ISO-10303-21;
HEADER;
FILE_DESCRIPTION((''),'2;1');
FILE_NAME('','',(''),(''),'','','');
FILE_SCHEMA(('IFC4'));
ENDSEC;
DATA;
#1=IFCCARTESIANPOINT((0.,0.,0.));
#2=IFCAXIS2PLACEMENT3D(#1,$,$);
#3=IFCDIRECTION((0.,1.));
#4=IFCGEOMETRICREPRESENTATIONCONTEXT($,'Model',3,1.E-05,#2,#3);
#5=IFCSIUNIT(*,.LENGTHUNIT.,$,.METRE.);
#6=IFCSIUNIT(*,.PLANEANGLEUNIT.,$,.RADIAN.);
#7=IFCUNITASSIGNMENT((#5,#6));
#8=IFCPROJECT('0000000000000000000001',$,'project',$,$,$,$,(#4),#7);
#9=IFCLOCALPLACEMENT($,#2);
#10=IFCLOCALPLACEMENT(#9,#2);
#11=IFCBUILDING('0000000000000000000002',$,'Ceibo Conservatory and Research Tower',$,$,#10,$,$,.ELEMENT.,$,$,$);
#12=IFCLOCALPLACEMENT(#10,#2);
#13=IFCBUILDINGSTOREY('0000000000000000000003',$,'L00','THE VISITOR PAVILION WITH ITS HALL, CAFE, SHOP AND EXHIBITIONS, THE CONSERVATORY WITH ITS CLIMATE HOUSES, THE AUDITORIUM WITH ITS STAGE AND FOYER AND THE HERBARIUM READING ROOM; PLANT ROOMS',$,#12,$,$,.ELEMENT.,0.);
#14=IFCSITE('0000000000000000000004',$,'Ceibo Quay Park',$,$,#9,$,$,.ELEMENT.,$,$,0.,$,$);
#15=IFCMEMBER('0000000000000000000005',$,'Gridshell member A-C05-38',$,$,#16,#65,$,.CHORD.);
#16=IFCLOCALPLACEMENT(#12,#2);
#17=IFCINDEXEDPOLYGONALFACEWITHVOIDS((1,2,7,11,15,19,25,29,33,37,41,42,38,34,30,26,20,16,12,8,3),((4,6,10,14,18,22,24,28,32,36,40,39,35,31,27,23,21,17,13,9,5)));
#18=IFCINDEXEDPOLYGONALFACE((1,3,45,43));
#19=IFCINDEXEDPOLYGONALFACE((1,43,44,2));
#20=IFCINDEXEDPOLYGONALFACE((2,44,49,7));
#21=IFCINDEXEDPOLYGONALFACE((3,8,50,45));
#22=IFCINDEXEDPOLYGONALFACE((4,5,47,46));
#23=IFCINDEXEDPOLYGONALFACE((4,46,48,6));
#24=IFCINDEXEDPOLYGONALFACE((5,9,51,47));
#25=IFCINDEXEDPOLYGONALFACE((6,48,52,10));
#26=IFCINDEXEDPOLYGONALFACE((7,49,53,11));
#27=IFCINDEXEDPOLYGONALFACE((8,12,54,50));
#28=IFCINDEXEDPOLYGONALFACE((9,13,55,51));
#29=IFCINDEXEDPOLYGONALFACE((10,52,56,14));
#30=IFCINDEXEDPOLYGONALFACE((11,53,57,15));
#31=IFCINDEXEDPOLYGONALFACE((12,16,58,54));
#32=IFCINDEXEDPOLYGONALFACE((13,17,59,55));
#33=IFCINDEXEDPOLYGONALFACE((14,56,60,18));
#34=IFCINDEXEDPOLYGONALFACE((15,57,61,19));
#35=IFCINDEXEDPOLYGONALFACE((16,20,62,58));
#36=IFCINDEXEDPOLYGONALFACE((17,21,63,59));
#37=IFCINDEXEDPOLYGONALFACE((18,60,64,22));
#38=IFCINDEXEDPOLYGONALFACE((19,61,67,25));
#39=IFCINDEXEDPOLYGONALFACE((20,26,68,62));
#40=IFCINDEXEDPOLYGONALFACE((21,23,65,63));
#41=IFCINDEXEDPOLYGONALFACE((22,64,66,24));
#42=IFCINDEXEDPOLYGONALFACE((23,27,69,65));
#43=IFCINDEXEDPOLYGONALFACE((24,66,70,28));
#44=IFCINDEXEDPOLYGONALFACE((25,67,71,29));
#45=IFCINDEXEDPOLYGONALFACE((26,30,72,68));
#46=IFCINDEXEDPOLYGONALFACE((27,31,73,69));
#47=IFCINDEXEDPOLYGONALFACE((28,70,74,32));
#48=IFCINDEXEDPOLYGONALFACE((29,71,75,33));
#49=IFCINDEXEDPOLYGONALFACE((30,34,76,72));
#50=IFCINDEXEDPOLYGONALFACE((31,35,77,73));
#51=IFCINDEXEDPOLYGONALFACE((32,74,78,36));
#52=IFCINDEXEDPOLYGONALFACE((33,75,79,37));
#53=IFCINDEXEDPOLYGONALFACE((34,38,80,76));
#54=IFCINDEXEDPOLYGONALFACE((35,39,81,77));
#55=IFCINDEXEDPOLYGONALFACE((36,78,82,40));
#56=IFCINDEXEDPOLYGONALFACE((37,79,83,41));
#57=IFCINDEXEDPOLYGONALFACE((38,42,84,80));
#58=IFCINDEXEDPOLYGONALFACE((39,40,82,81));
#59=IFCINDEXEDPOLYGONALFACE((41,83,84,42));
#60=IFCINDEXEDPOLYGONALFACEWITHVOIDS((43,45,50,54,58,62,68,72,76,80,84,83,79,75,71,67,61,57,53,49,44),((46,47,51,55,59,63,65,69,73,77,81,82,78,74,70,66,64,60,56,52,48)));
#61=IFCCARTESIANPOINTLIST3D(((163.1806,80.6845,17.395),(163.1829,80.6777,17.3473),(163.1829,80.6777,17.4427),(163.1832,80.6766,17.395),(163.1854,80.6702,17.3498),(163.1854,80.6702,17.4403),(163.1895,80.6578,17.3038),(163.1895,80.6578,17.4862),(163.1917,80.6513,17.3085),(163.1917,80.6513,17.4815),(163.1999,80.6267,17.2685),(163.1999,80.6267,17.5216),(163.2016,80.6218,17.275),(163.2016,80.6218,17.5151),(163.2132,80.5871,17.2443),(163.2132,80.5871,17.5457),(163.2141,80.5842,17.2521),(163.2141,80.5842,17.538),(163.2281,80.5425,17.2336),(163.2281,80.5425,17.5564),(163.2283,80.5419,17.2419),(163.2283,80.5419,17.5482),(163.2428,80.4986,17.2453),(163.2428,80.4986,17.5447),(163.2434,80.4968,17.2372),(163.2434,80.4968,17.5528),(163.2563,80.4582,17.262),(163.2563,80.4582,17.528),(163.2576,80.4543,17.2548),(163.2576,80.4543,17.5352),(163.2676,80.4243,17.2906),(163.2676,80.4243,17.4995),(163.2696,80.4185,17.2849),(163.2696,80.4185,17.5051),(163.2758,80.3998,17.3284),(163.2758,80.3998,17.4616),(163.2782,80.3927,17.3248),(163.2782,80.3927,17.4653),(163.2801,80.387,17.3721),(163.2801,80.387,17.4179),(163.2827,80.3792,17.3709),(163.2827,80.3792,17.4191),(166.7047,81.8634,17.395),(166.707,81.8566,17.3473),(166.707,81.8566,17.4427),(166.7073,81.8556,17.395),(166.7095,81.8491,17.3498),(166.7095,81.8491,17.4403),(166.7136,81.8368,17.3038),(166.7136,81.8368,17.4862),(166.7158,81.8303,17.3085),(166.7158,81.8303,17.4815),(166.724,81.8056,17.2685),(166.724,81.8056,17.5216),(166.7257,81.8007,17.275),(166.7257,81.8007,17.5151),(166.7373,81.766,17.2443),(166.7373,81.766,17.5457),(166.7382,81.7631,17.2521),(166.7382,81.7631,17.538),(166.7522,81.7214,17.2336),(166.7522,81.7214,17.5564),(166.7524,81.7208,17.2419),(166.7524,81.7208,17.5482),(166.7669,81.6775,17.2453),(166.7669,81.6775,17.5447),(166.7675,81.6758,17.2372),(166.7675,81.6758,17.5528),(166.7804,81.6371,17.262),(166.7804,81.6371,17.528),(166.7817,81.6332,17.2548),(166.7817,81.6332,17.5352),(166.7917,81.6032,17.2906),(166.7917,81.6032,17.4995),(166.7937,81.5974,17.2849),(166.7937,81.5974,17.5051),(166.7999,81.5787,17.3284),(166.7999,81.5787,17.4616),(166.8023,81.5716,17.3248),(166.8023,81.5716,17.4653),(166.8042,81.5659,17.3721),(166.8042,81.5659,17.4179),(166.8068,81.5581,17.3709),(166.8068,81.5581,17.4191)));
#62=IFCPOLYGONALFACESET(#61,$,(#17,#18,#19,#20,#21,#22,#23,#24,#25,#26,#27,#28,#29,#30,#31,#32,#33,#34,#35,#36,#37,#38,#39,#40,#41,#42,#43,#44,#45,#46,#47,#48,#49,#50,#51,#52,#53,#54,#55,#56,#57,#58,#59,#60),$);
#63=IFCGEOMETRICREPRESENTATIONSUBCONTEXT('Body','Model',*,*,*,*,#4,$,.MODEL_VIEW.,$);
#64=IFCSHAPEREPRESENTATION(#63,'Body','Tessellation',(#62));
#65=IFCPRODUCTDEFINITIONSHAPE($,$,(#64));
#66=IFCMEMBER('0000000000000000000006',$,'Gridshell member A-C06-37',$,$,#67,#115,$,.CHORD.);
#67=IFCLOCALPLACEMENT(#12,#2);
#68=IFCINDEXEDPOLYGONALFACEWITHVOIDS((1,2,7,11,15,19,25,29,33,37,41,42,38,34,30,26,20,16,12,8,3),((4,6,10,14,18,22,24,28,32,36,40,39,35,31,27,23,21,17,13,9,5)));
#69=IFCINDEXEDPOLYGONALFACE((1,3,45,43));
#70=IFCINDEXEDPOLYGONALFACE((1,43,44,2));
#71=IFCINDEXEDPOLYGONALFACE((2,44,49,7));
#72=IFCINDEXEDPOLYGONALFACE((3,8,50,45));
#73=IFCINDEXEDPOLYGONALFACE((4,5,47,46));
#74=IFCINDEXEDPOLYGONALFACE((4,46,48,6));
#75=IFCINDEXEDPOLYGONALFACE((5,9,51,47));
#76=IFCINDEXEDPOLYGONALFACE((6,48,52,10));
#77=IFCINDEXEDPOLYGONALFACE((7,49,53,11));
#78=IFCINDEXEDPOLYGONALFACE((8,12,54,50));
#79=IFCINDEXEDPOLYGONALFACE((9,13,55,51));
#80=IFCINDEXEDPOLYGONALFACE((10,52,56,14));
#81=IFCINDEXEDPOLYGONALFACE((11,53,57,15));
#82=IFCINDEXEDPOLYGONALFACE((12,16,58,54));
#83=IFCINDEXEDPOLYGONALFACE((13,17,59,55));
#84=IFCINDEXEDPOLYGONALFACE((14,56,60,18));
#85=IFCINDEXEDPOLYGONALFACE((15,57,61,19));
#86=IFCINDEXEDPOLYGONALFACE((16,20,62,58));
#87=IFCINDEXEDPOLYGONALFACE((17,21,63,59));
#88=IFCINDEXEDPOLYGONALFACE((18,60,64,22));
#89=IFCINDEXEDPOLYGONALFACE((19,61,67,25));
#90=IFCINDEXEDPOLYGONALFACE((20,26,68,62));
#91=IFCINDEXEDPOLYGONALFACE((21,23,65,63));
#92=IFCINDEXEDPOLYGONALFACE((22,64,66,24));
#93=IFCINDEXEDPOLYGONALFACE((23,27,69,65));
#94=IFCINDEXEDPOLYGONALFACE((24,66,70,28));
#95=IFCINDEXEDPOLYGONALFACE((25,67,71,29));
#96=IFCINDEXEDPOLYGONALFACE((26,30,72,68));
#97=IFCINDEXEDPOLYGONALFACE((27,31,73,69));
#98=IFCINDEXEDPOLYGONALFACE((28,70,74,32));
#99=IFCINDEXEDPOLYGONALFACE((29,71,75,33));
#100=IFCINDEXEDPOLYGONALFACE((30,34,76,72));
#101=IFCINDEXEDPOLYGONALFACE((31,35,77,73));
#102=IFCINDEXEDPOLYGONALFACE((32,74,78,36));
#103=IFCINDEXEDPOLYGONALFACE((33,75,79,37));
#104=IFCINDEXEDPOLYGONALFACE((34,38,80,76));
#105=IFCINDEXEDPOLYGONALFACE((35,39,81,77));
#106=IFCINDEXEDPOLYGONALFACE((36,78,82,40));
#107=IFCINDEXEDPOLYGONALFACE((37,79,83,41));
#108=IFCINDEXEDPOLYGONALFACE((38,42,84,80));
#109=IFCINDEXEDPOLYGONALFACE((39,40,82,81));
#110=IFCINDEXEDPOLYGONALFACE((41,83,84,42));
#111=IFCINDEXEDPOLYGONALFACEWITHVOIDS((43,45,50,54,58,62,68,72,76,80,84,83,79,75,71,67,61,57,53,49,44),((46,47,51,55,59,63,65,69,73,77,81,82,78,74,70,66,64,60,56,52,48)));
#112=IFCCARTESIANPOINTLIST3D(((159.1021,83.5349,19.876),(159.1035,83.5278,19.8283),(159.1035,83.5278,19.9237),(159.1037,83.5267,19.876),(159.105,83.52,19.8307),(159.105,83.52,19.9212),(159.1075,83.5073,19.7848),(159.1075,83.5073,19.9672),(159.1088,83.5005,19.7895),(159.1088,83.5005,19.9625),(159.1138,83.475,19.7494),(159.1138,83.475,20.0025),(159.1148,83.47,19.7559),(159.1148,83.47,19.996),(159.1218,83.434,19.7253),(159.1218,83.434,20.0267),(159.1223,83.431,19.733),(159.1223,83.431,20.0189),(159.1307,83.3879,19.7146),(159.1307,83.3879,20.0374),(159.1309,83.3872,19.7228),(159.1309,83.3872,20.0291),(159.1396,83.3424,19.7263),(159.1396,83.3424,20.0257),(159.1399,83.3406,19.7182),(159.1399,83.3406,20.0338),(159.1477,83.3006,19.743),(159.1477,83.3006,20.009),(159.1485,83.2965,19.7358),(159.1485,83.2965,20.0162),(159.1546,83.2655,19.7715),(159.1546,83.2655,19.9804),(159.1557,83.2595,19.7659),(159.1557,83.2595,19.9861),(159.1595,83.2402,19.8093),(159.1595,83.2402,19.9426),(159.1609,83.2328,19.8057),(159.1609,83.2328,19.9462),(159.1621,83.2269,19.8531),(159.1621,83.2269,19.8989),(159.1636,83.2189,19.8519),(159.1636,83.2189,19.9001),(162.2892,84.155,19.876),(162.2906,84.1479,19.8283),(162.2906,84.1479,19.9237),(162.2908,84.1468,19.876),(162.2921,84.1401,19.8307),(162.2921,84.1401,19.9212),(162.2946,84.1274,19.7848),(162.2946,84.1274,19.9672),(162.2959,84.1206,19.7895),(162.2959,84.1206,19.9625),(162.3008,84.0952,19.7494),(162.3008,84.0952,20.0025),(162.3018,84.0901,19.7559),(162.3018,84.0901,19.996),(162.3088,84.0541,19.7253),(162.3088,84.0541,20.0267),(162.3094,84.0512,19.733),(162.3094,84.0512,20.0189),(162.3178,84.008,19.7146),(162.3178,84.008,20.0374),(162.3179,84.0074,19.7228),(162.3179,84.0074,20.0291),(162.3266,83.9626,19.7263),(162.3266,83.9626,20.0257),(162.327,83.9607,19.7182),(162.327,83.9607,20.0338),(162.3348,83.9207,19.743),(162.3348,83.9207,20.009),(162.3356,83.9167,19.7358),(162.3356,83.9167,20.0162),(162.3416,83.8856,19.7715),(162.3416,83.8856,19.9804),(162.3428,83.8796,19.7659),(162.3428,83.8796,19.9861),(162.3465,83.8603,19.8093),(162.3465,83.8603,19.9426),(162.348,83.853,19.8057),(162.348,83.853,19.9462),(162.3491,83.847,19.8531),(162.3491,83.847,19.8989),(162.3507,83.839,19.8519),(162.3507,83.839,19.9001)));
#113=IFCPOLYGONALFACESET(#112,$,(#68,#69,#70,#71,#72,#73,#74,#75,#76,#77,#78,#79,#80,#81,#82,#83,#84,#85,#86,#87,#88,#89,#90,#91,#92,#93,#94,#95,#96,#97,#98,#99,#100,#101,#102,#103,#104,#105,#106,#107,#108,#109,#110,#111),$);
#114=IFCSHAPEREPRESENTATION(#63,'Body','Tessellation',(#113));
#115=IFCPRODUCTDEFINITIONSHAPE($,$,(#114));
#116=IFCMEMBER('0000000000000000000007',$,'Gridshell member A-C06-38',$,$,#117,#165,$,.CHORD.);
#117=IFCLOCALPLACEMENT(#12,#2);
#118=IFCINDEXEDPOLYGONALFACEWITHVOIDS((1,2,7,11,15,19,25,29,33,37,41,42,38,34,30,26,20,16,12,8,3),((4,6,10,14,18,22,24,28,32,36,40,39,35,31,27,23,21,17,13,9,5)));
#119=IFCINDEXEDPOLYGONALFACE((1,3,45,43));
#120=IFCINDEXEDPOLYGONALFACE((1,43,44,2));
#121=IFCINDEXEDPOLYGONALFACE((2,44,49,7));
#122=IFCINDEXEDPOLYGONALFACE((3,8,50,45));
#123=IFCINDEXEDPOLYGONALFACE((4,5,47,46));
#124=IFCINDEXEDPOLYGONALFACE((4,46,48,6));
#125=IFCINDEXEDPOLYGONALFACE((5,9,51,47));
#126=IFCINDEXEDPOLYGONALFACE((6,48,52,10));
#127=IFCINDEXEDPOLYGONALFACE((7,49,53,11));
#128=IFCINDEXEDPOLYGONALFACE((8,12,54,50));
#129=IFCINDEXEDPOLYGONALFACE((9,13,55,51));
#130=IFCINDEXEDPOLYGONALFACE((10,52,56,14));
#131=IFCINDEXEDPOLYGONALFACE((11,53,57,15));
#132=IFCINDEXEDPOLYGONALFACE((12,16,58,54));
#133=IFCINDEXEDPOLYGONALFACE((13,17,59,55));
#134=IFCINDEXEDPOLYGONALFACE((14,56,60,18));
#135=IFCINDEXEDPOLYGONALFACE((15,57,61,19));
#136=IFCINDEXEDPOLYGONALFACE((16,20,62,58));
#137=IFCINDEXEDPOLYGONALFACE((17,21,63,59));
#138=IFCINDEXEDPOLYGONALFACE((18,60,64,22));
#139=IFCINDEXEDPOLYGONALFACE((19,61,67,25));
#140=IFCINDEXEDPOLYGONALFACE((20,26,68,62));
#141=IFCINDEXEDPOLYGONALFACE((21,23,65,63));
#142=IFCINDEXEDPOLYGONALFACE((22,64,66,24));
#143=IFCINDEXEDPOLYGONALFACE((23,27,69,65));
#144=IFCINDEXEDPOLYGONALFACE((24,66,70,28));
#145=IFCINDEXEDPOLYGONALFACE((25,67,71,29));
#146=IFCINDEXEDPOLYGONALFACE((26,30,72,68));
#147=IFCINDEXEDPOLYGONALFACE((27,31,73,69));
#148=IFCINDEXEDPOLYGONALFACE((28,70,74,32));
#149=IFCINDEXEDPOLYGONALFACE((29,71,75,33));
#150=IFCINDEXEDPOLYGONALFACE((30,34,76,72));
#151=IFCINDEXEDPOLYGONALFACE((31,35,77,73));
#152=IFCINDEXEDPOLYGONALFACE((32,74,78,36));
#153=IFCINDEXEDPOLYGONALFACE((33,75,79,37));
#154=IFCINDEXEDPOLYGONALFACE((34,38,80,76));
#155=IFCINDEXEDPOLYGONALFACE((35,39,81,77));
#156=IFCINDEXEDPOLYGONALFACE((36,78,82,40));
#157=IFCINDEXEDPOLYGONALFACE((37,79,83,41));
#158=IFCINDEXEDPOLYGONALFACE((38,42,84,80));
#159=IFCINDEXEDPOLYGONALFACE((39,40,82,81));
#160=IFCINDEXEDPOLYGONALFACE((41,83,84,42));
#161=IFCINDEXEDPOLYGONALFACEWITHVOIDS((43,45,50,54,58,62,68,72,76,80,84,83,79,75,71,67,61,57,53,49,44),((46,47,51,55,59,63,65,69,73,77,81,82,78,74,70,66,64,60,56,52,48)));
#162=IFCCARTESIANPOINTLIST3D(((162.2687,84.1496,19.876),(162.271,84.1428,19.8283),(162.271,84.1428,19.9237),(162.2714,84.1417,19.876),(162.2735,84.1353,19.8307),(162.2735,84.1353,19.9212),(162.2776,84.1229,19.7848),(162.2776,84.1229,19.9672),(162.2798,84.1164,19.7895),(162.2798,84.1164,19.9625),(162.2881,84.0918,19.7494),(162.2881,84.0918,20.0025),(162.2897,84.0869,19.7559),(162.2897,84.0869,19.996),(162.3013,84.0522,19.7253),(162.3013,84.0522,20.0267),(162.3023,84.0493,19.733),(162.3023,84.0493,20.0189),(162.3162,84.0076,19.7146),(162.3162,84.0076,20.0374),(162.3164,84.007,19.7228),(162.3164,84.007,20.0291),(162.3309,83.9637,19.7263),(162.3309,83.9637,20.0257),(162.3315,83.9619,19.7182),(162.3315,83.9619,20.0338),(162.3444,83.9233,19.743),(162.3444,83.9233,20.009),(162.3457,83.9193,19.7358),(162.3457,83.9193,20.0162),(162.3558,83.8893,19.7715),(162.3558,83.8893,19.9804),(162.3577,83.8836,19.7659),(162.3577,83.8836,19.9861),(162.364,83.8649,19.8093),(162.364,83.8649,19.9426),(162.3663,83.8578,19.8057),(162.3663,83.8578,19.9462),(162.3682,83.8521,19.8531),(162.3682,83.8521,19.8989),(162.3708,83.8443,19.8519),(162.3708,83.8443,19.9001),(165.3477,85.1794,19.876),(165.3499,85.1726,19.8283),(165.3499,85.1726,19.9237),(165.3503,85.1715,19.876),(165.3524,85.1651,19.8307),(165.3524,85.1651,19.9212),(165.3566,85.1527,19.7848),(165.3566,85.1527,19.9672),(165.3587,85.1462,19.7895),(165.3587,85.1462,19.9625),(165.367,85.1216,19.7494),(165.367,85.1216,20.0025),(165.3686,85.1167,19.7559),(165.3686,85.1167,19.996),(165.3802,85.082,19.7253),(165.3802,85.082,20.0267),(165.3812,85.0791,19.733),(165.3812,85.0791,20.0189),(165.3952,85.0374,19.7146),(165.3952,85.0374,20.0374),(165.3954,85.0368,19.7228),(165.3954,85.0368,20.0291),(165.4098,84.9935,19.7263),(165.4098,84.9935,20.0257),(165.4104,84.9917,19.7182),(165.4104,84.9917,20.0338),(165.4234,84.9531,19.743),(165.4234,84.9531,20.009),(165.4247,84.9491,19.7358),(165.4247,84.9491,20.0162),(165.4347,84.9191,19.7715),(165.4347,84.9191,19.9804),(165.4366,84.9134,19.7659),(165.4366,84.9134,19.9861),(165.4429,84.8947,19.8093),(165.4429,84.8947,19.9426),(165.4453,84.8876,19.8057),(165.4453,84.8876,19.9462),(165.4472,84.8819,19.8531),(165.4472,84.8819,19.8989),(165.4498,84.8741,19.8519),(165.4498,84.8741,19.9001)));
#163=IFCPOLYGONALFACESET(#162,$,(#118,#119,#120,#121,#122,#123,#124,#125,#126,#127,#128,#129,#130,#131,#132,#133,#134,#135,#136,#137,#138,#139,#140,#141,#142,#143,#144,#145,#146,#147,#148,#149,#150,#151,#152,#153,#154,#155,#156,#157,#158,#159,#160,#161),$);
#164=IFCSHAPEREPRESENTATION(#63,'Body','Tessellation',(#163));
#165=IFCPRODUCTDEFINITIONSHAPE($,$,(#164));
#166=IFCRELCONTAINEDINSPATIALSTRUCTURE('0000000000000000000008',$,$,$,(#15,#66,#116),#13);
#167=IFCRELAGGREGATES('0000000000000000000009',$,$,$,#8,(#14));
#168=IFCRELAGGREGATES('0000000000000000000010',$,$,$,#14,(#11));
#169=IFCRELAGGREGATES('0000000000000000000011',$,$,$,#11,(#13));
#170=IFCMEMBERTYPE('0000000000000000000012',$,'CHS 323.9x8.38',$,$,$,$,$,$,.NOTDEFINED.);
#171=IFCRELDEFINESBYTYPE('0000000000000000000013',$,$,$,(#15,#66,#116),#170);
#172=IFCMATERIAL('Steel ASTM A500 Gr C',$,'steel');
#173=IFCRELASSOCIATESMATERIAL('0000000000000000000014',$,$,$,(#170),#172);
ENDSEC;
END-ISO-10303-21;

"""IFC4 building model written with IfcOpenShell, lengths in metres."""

from ifc_helpers import new_model, si_unit, direction, frame, origin, origin_2d, place, context, subcontext, project, spatial, hollow_circle, extrude, material, material_profile, profile_set, type_object, element, save


model = new_model("IFC4")

# Units and contexts
model_context = context("Model", 3, precision=1e-05, world=origin(), true_north=direction((0.0, 1.0)))
body_context = subcontext(model_context, "Body", "Model", "MODEL_VIEW")
ifc_project = project(units=[si_unit("LENGTHUNIT", "METRE"), si_unit("PLANEANGLEUNIT", "RADIAN")], contexts=[model_context])

# Site, building, storey
site_placement = place(None, origin())
site = spatial("IfcSite", under=ifc_project, at=site_placement, Name="Ceibo Quay Park", CompositionType="ELEMENT", RefElevation=0.0)
building_placement = place(site_placement, origin())
building = spatial("IfcBuilding", under=site, at=building_placement, Name="Ceibo Conservatory and Research Tower", CompositionType="ELEMENT")
storey_placement = place(building_placement, origin())
storey = spatial("IfcBuildingStorey", under=building, at=storey_placement, Name="L00", Description="THE VISITOR PAVILION WITH ITS HALL, CAFE, SHOP AND EXHIBITIONS, THE CONSERVATORY WITH ITS CLIMATE HOUSES, THE AUDITORIUM WITH ITS STAGE AND FOYER AND THE HERBARIUM READING ROOM; PLANT ROOMS", CompositionType="ELEMENT", Elevation=0.0)

# Members
ifc_material_1 = material(Name="Steel ASTM A500 Gr C", Category="steel")
ifc_material_profile_1 = material_profile(ifc_material_1, hollow_circle(Radius=0.1619, WallThickness=0.0083, at=origin_2d()), Name="CHS 323.9x8.38")
ifc_profile_set_1 = profile_set([ifc_material_profile_1], Name="Steel ASTM A500 Gr C")
member_type_1 = type_object("IfcMemberType", Name="CHS 323.9x8.38", PredefinedType="NOTDEFINED", material=ifc_profile_set_1)
member_1_placement = place(storey_placement, frame((163.2319, 80.531, 17.395), z_axis=(0.948341, 0.317252, 0.0), x_axis=(-0.317252, 0.948341, 0.0)))
element("IfcMember", 1, at=member_1_placement, inside=storey, type_object=member_type_1, Name="Gridshell member A-C05-38", PredefinedType="CHORD", context=body_context, shape_type="SweptSolid", body=[
    extrude(hollow_circle(Radius=0.1619, WallThickness=0.0083, at=origin_2d()), origin(), (0.0, 0.0, 1.0), 3.7161),
])
member_2_placement = place(storey_placement, frame((159.1331, 83.376, 19.876), z_axis=(0.981591, 0.190994, 0.0), x_axis=(-0.190994, 0.981591, 0.0)))
element("IfcMember", 2, at=member_2_placement, inside=storey, type_object=member_type_1, Name="Gridshell member A-C06-37", PredefinedType="CHORD", context=body_context, shape_type="SweptSolid", body=[
    extrude(hollow_circle(Radius=0.1619, WallThickness=0.0083, at=origin_2d()), origin(), (0.0, 0.0, 1.0), 3.2468),
])
member_3_placement = place(storey_placement, frame((162.3201, 83.9961, 19.876), z_axis=(0.948359, 0.317198, 0.0), x_axis=(-0.317198, 0.948359, 0.0)))
element("IfcMember", 3, at=member_3_placement, inside=storey, type_object=member_type_1, Name="Gridshell member A-C06-38", PredefinedType="CHORD", context=body_context, shape_type="SweptSolid", body=[
    extrude(hollow_circle(Radius=0.1619, WallThickness=0.0083, at=origin_2d()), origin(), (0.0, 0.0, 1.0), 3.2466),
])

save(model, "model.ifc")
